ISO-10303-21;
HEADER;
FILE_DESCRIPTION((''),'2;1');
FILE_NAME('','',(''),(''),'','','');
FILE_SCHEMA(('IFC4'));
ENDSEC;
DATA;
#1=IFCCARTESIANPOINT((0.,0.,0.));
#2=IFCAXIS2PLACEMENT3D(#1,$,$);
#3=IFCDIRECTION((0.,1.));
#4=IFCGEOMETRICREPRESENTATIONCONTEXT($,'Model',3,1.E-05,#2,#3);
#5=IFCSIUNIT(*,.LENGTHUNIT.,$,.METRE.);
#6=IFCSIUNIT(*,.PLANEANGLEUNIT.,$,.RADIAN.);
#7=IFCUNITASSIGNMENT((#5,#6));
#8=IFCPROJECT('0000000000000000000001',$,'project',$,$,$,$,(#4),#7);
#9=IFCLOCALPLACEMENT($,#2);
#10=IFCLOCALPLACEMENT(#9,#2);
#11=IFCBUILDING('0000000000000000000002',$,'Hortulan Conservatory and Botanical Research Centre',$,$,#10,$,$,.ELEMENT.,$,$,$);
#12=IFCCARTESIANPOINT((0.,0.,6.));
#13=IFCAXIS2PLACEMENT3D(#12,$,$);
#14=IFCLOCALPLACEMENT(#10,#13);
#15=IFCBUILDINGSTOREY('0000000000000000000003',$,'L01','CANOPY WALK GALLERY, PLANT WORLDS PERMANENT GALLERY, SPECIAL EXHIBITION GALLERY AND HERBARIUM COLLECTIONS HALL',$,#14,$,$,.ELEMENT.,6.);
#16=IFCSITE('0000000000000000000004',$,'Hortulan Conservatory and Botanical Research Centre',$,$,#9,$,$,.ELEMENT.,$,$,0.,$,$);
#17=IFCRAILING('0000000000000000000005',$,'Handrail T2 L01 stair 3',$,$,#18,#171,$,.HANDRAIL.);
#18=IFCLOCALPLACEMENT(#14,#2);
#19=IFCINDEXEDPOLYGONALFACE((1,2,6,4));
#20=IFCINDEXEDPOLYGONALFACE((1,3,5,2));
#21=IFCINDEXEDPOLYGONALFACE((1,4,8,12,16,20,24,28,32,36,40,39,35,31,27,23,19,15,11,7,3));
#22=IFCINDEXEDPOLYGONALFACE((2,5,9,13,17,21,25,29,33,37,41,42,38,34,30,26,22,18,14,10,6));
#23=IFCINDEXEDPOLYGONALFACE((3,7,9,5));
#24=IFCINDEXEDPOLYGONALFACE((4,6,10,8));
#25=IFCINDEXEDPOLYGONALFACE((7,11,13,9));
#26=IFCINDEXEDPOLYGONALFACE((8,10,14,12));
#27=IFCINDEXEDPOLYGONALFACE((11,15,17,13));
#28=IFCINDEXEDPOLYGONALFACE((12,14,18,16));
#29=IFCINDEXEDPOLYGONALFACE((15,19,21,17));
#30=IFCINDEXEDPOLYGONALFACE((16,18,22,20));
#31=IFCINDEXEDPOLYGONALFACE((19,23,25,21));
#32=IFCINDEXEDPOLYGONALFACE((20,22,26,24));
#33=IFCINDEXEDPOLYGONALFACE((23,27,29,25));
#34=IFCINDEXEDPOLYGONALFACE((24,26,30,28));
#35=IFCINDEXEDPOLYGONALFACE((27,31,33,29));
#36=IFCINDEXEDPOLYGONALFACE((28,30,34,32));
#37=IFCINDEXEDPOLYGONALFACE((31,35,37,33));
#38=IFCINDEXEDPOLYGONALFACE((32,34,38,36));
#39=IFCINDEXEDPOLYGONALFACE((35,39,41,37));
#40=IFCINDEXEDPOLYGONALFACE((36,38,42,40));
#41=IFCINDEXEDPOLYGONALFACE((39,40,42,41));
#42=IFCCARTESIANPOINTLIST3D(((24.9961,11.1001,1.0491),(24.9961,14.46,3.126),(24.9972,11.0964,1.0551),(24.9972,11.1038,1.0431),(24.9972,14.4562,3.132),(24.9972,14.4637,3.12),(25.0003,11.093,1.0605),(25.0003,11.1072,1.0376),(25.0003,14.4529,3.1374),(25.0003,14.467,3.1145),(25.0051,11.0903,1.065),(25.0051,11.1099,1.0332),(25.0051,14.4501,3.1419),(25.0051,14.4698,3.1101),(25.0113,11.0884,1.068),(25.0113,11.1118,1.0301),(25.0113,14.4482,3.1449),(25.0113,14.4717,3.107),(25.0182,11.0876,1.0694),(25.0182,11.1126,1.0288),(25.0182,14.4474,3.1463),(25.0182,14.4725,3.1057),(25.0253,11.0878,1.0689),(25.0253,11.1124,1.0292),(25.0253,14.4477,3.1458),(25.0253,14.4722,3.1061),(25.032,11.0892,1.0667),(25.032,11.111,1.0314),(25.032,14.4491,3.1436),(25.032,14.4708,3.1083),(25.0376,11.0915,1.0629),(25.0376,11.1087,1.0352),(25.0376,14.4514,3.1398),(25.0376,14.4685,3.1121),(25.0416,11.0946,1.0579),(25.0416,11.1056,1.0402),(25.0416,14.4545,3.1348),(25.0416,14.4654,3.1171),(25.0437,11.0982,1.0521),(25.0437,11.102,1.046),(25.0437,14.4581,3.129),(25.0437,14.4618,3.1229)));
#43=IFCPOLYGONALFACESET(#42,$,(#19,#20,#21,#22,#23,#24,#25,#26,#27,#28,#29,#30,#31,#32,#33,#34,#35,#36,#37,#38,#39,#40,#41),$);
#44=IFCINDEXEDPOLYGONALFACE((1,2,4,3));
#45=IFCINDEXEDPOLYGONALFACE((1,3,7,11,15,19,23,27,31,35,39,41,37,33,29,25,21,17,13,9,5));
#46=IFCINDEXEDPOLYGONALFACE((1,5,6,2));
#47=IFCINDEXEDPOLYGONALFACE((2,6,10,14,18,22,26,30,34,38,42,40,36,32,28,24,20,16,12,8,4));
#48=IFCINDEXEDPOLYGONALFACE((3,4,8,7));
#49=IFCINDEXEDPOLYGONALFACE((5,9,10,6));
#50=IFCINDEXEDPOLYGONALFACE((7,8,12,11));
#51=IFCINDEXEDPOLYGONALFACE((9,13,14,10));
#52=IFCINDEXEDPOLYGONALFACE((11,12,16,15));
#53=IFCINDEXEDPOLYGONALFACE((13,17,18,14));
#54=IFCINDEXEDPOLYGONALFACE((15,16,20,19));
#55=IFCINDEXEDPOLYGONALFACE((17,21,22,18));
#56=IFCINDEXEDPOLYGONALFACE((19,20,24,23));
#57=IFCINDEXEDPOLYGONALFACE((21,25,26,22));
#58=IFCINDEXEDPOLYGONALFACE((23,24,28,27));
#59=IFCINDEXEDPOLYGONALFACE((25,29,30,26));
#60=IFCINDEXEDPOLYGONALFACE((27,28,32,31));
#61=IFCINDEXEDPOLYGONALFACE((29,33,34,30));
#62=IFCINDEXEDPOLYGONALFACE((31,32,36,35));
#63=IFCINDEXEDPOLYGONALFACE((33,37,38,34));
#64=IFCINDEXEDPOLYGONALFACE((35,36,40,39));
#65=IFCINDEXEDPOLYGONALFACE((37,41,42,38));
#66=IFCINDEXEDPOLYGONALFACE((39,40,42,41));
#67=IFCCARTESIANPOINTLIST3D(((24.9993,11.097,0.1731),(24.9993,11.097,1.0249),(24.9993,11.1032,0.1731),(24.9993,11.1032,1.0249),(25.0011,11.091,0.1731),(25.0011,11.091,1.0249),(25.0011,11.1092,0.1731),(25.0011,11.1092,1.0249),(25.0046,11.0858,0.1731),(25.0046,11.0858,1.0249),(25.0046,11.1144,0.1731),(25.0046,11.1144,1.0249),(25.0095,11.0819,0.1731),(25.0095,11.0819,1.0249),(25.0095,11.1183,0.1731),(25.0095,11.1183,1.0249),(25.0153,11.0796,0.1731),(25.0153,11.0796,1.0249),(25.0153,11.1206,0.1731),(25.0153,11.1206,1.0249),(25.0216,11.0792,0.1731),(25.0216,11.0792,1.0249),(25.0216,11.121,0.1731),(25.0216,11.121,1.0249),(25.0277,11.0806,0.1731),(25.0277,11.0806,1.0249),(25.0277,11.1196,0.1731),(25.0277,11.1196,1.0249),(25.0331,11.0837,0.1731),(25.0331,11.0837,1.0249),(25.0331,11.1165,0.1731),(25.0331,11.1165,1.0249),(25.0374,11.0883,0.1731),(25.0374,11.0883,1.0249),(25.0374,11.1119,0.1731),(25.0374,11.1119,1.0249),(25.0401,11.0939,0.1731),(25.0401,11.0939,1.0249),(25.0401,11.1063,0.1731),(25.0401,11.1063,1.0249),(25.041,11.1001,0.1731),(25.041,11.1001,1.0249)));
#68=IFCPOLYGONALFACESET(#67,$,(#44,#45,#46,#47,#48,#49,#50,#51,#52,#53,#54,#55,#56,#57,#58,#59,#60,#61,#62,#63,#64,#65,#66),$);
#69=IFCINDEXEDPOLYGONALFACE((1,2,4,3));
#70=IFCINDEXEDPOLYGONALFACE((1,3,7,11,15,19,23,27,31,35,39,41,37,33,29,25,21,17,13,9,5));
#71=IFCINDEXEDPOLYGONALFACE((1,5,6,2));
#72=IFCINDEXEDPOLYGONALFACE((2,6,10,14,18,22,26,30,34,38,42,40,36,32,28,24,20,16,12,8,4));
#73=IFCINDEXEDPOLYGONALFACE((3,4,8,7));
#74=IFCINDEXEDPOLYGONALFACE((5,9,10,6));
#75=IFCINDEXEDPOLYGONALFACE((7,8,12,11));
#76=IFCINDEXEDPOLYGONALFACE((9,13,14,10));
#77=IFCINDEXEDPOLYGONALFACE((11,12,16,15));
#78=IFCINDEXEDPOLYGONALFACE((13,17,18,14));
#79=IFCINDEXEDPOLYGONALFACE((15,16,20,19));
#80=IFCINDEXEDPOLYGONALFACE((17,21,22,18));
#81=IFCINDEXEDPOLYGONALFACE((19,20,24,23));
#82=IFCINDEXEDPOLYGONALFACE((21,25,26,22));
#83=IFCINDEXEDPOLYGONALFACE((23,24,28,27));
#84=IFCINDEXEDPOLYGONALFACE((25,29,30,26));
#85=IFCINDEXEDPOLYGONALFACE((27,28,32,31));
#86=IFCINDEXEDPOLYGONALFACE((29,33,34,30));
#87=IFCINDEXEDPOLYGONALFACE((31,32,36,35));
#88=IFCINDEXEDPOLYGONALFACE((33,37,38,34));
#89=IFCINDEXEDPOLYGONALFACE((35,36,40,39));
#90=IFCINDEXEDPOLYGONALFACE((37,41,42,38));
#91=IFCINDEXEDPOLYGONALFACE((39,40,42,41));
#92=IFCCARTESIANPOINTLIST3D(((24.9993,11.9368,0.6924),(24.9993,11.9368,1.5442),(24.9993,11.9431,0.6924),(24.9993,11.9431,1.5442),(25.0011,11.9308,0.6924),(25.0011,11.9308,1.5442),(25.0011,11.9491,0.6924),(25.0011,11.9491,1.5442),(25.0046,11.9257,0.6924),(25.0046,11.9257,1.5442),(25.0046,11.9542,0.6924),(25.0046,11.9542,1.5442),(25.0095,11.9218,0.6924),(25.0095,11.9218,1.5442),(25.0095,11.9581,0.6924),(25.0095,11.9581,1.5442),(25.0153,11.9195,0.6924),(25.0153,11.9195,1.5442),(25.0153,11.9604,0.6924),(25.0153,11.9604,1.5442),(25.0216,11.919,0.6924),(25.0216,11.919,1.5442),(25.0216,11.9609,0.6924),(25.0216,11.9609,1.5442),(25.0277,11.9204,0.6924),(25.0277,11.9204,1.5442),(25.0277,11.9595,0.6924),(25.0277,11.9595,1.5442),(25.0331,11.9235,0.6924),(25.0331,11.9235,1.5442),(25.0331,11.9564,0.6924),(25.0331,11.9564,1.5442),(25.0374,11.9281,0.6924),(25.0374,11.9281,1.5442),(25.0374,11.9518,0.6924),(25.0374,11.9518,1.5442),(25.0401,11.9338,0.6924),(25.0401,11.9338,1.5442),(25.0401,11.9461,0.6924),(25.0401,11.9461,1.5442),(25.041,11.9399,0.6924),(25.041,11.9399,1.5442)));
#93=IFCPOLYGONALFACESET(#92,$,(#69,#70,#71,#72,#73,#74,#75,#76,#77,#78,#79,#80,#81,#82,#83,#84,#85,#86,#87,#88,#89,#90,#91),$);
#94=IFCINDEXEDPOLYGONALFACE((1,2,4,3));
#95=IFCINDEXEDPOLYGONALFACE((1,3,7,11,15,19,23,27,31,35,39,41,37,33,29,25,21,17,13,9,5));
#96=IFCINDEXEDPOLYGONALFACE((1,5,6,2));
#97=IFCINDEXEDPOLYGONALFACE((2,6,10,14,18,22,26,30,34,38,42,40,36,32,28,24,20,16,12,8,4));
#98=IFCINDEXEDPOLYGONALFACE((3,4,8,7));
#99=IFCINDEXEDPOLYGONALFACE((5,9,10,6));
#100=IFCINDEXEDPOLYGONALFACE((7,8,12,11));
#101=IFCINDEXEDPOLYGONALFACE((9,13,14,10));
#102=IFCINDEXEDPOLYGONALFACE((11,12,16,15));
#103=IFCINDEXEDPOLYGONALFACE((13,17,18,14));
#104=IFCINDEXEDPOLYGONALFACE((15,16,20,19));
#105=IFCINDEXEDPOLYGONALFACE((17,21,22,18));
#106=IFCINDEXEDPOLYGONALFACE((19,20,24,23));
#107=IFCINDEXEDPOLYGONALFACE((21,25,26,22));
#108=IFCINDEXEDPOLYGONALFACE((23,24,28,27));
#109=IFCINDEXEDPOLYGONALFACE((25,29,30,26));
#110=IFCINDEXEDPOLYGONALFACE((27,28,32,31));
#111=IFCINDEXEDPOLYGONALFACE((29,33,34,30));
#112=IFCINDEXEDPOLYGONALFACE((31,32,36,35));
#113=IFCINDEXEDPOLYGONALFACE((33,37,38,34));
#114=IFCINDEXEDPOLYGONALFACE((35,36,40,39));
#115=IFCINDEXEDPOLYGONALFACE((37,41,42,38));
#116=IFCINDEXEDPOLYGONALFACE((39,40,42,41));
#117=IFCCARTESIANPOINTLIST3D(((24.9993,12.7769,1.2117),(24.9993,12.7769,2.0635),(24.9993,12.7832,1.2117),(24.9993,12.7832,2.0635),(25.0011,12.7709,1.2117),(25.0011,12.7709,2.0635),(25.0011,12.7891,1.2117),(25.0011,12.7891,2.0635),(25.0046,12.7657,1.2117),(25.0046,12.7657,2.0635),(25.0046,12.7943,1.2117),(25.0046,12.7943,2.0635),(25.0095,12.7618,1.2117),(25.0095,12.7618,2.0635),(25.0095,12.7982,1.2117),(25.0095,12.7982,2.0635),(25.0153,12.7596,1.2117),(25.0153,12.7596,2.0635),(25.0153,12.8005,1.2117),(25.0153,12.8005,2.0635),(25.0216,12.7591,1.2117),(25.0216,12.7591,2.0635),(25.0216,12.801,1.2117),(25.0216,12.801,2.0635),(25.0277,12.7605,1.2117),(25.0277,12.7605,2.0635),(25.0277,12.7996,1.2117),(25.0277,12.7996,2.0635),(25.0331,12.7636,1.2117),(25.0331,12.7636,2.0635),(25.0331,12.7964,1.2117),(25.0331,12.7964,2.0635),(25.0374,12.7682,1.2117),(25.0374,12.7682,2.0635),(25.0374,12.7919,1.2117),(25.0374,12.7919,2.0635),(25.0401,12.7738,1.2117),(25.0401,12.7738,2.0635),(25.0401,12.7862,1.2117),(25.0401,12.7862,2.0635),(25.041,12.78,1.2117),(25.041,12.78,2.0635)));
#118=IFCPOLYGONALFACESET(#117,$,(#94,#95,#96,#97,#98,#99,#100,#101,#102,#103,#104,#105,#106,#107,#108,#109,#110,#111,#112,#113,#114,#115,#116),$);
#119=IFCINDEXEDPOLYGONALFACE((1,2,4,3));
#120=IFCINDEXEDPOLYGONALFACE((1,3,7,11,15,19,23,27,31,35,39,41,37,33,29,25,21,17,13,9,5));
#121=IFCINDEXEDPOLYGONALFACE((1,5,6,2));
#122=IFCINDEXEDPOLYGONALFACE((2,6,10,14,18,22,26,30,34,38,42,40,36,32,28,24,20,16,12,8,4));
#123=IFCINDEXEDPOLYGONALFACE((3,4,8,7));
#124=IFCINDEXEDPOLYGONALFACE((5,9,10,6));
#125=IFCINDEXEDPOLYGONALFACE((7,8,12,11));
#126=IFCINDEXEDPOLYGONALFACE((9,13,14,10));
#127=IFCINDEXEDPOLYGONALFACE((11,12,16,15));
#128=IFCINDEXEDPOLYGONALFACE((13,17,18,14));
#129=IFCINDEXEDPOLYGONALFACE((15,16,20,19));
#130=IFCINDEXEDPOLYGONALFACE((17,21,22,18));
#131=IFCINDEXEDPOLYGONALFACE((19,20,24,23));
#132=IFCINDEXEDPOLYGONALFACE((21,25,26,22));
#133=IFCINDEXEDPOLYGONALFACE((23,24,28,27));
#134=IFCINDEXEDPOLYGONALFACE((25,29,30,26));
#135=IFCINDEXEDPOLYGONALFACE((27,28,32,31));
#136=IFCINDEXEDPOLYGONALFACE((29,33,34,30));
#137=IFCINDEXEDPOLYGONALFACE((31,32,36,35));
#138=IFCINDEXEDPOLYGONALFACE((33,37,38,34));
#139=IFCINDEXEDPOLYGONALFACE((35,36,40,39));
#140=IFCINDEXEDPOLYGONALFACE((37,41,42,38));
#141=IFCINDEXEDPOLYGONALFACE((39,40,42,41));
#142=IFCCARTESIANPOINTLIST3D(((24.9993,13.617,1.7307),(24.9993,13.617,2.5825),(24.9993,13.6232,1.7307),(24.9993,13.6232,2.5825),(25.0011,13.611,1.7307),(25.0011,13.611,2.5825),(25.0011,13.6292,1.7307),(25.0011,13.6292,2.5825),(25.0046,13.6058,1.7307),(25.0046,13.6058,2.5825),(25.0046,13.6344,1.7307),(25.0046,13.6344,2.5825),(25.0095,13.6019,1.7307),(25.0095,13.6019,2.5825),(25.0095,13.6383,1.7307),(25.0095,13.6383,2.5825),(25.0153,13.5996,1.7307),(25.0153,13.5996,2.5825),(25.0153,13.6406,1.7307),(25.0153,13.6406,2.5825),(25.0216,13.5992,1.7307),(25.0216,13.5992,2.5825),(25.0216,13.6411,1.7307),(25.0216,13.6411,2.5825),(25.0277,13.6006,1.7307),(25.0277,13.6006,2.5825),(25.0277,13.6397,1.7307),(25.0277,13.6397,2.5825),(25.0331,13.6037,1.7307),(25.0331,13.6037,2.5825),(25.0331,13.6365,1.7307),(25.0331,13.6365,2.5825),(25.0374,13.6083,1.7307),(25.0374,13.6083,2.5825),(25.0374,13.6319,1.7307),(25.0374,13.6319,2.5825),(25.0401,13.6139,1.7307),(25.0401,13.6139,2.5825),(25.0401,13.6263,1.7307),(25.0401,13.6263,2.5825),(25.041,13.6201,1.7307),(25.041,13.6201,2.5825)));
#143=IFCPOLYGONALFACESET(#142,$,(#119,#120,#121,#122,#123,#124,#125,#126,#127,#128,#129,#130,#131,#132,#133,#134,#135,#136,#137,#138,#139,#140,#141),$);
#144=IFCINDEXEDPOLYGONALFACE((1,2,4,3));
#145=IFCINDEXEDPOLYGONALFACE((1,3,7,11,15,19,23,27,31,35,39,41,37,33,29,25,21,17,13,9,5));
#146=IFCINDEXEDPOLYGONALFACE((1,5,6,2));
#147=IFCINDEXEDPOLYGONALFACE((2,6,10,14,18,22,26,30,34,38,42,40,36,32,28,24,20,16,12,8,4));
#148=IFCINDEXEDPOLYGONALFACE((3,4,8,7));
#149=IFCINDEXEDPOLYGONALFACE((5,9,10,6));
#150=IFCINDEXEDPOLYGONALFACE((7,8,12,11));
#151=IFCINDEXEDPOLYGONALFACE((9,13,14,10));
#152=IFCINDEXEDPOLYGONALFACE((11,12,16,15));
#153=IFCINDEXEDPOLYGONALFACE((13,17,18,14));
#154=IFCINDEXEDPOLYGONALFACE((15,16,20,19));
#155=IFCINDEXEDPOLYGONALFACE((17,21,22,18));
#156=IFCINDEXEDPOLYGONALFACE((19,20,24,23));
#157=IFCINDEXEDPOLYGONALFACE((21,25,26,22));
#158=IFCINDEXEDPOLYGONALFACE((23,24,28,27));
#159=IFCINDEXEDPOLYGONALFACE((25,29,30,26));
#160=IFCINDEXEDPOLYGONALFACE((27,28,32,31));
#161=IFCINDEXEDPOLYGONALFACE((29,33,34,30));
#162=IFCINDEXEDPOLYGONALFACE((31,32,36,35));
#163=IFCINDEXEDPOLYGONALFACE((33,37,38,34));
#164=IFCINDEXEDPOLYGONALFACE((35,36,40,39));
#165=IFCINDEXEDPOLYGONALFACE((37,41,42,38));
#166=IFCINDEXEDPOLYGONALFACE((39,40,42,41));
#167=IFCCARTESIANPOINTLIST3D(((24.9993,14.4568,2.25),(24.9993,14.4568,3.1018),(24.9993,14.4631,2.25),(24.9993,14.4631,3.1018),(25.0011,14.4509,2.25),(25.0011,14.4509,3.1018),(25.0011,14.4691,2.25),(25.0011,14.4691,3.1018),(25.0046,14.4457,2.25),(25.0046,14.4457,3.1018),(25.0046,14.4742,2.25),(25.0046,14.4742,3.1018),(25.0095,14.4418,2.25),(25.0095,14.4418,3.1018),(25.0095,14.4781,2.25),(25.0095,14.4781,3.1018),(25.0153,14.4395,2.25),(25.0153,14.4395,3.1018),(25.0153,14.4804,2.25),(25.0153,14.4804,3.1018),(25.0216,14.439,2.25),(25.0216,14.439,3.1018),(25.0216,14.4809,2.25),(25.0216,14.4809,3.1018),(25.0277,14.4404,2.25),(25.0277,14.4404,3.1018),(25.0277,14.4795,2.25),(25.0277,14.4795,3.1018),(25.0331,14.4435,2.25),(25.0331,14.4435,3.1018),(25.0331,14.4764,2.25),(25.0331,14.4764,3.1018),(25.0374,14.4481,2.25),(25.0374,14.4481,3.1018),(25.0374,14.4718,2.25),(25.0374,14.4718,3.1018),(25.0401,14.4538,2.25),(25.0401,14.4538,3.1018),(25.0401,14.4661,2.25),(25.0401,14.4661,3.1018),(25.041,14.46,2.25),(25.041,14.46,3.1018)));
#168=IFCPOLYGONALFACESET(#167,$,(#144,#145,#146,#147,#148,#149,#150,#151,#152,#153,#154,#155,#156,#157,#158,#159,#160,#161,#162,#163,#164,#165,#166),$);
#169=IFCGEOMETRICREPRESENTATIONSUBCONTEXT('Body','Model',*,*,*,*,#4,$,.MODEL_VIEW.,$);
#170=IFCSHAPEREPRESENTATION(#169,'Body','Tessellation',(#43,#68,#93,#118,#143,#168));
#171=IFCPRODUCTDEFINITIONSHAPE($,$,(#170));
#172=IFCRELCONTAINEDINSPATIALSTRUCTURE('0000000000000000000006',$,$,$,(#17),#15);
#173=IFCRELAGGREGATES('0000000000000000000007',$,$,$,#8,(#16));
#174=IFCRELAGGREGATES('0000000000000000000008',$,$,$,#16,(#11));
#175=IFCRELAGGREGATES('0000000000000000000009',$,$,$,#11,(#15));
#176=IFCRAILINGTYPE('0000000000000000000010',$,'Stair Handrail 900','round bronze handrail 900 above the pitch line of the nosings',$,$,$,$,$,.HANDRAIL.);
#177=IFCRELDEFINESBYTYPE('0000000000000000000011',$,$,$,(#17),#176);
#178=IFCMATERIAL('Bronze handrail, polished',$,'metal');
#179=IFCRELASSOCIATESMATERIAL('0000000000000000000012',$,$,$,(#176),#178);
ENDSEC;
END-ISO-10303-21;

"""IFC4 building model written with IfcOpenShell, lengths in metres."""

from ifc_helpers import new_model, si_unit, direction, frame, origin, origin_2d, place, context, subcontext, project, spatial, circle, extrude, material, type_object, element, save


model = new_model("IFC4")

# Units and contexts
model_context = context("Model", 3, precision=1e-05, world=origin(), true_north=direction((0.0, 1.0)))
body_context = subcontext(model_context, "Body", "Model", "MODEL_VIEW")
ifc_project = project(units=[si_unit("LENGTHUNIT", "METRE"), si_unit("PLANEANGLEUNIT", "RADIAN")], contexts=[model_context])

# Site, building, storey
site_placement = place(None, origin())
site = spatial("IfcSite", under=ifc_project, at=site_placement, Name="Hortulan Conservatory and Botanical Research Centre", CompositionType="ELEMENT", RefElevation=0.0)
building_placement = place(site_placement, origin())
building = spatial("IfcBuilding", under=site, at=building_placement, Name="Hortulan Conservatory and Botanical Research Centre", CompositionType="ELEMENT")
storey_placement = place(building_placement, frame((0.0, 0.0, 6.0)))
storey = spatial("IfcBuildingStorey", under=building, at=storey_placement, Name="L01", Description="CANOPY WALK GALLERY, PLANT WORLDS PERMANENT GALLERY, SPECIAL EXHIBITION GALLERY AND HERBARIUM COLLECTIONS HALL", CompositionType="ELEMENT", Elevation=6.0)

# Railing
ifc_material_1 = material(Name="Bronze handrail, polished", Category="metal")
railing_type_1 = type_object("IfcRailingType", Name="Stair Handrail 900", Description="round bronze handrail 900 above the pitch line of the nosings", PredefinedType="HANDRAIL", material=ifc_material_1)
railing_1_placement = place(storey_placement, frame((25.02, 11.1001, 0.1731)))
element("IfcRailing", 1, at=railing_1_placement, inside=storey, type_object=railing_type_1, Name="Handrail T2 L01 stair 3", PredefinedType="HANDRAIL", context=body_context, shape_type="SweptSolid", body=[
    extrude(circle(Radius=0.0239, at=origin_2d()), frame((0.0, 0.0, 0.876), z_axis=(0.0, 0.850606, 0.525803), x_axis=(-1.0, 0.0, 0.0)), (0.0, 0.0, 1.0), 3.95),
    extrude(circle(Radius=0.021, at=origin_2d()), origin(), (0.0, 0.0, 1.0), 0.8518),
    extrude(circle(Radius=0.021, at=origin_2d()), frame((0.0, 0.8398, 0.5193)), (0.0, 0.0, 1.0), 0.8518),
    extrude(circle(Radius=0.021, at=origin_2d()), frame((0.0, 1.6799, 1.0386)), (0.0, 0.0, 1.0), 0.8518),
    extrude(circle(Radius=0.021, at=origin_2d()), frame((0.0, 2.52, 1.5576)), (0.0, 0.0, 1.0), 0.8518),
    extrude(circle(Radius=0.021, at=origin_2d()), frame((0.0, 3.3599, 2.0769)), (0.0, 0.0, 1.0), 0.8518),
])

save(model, "model.ifc")
